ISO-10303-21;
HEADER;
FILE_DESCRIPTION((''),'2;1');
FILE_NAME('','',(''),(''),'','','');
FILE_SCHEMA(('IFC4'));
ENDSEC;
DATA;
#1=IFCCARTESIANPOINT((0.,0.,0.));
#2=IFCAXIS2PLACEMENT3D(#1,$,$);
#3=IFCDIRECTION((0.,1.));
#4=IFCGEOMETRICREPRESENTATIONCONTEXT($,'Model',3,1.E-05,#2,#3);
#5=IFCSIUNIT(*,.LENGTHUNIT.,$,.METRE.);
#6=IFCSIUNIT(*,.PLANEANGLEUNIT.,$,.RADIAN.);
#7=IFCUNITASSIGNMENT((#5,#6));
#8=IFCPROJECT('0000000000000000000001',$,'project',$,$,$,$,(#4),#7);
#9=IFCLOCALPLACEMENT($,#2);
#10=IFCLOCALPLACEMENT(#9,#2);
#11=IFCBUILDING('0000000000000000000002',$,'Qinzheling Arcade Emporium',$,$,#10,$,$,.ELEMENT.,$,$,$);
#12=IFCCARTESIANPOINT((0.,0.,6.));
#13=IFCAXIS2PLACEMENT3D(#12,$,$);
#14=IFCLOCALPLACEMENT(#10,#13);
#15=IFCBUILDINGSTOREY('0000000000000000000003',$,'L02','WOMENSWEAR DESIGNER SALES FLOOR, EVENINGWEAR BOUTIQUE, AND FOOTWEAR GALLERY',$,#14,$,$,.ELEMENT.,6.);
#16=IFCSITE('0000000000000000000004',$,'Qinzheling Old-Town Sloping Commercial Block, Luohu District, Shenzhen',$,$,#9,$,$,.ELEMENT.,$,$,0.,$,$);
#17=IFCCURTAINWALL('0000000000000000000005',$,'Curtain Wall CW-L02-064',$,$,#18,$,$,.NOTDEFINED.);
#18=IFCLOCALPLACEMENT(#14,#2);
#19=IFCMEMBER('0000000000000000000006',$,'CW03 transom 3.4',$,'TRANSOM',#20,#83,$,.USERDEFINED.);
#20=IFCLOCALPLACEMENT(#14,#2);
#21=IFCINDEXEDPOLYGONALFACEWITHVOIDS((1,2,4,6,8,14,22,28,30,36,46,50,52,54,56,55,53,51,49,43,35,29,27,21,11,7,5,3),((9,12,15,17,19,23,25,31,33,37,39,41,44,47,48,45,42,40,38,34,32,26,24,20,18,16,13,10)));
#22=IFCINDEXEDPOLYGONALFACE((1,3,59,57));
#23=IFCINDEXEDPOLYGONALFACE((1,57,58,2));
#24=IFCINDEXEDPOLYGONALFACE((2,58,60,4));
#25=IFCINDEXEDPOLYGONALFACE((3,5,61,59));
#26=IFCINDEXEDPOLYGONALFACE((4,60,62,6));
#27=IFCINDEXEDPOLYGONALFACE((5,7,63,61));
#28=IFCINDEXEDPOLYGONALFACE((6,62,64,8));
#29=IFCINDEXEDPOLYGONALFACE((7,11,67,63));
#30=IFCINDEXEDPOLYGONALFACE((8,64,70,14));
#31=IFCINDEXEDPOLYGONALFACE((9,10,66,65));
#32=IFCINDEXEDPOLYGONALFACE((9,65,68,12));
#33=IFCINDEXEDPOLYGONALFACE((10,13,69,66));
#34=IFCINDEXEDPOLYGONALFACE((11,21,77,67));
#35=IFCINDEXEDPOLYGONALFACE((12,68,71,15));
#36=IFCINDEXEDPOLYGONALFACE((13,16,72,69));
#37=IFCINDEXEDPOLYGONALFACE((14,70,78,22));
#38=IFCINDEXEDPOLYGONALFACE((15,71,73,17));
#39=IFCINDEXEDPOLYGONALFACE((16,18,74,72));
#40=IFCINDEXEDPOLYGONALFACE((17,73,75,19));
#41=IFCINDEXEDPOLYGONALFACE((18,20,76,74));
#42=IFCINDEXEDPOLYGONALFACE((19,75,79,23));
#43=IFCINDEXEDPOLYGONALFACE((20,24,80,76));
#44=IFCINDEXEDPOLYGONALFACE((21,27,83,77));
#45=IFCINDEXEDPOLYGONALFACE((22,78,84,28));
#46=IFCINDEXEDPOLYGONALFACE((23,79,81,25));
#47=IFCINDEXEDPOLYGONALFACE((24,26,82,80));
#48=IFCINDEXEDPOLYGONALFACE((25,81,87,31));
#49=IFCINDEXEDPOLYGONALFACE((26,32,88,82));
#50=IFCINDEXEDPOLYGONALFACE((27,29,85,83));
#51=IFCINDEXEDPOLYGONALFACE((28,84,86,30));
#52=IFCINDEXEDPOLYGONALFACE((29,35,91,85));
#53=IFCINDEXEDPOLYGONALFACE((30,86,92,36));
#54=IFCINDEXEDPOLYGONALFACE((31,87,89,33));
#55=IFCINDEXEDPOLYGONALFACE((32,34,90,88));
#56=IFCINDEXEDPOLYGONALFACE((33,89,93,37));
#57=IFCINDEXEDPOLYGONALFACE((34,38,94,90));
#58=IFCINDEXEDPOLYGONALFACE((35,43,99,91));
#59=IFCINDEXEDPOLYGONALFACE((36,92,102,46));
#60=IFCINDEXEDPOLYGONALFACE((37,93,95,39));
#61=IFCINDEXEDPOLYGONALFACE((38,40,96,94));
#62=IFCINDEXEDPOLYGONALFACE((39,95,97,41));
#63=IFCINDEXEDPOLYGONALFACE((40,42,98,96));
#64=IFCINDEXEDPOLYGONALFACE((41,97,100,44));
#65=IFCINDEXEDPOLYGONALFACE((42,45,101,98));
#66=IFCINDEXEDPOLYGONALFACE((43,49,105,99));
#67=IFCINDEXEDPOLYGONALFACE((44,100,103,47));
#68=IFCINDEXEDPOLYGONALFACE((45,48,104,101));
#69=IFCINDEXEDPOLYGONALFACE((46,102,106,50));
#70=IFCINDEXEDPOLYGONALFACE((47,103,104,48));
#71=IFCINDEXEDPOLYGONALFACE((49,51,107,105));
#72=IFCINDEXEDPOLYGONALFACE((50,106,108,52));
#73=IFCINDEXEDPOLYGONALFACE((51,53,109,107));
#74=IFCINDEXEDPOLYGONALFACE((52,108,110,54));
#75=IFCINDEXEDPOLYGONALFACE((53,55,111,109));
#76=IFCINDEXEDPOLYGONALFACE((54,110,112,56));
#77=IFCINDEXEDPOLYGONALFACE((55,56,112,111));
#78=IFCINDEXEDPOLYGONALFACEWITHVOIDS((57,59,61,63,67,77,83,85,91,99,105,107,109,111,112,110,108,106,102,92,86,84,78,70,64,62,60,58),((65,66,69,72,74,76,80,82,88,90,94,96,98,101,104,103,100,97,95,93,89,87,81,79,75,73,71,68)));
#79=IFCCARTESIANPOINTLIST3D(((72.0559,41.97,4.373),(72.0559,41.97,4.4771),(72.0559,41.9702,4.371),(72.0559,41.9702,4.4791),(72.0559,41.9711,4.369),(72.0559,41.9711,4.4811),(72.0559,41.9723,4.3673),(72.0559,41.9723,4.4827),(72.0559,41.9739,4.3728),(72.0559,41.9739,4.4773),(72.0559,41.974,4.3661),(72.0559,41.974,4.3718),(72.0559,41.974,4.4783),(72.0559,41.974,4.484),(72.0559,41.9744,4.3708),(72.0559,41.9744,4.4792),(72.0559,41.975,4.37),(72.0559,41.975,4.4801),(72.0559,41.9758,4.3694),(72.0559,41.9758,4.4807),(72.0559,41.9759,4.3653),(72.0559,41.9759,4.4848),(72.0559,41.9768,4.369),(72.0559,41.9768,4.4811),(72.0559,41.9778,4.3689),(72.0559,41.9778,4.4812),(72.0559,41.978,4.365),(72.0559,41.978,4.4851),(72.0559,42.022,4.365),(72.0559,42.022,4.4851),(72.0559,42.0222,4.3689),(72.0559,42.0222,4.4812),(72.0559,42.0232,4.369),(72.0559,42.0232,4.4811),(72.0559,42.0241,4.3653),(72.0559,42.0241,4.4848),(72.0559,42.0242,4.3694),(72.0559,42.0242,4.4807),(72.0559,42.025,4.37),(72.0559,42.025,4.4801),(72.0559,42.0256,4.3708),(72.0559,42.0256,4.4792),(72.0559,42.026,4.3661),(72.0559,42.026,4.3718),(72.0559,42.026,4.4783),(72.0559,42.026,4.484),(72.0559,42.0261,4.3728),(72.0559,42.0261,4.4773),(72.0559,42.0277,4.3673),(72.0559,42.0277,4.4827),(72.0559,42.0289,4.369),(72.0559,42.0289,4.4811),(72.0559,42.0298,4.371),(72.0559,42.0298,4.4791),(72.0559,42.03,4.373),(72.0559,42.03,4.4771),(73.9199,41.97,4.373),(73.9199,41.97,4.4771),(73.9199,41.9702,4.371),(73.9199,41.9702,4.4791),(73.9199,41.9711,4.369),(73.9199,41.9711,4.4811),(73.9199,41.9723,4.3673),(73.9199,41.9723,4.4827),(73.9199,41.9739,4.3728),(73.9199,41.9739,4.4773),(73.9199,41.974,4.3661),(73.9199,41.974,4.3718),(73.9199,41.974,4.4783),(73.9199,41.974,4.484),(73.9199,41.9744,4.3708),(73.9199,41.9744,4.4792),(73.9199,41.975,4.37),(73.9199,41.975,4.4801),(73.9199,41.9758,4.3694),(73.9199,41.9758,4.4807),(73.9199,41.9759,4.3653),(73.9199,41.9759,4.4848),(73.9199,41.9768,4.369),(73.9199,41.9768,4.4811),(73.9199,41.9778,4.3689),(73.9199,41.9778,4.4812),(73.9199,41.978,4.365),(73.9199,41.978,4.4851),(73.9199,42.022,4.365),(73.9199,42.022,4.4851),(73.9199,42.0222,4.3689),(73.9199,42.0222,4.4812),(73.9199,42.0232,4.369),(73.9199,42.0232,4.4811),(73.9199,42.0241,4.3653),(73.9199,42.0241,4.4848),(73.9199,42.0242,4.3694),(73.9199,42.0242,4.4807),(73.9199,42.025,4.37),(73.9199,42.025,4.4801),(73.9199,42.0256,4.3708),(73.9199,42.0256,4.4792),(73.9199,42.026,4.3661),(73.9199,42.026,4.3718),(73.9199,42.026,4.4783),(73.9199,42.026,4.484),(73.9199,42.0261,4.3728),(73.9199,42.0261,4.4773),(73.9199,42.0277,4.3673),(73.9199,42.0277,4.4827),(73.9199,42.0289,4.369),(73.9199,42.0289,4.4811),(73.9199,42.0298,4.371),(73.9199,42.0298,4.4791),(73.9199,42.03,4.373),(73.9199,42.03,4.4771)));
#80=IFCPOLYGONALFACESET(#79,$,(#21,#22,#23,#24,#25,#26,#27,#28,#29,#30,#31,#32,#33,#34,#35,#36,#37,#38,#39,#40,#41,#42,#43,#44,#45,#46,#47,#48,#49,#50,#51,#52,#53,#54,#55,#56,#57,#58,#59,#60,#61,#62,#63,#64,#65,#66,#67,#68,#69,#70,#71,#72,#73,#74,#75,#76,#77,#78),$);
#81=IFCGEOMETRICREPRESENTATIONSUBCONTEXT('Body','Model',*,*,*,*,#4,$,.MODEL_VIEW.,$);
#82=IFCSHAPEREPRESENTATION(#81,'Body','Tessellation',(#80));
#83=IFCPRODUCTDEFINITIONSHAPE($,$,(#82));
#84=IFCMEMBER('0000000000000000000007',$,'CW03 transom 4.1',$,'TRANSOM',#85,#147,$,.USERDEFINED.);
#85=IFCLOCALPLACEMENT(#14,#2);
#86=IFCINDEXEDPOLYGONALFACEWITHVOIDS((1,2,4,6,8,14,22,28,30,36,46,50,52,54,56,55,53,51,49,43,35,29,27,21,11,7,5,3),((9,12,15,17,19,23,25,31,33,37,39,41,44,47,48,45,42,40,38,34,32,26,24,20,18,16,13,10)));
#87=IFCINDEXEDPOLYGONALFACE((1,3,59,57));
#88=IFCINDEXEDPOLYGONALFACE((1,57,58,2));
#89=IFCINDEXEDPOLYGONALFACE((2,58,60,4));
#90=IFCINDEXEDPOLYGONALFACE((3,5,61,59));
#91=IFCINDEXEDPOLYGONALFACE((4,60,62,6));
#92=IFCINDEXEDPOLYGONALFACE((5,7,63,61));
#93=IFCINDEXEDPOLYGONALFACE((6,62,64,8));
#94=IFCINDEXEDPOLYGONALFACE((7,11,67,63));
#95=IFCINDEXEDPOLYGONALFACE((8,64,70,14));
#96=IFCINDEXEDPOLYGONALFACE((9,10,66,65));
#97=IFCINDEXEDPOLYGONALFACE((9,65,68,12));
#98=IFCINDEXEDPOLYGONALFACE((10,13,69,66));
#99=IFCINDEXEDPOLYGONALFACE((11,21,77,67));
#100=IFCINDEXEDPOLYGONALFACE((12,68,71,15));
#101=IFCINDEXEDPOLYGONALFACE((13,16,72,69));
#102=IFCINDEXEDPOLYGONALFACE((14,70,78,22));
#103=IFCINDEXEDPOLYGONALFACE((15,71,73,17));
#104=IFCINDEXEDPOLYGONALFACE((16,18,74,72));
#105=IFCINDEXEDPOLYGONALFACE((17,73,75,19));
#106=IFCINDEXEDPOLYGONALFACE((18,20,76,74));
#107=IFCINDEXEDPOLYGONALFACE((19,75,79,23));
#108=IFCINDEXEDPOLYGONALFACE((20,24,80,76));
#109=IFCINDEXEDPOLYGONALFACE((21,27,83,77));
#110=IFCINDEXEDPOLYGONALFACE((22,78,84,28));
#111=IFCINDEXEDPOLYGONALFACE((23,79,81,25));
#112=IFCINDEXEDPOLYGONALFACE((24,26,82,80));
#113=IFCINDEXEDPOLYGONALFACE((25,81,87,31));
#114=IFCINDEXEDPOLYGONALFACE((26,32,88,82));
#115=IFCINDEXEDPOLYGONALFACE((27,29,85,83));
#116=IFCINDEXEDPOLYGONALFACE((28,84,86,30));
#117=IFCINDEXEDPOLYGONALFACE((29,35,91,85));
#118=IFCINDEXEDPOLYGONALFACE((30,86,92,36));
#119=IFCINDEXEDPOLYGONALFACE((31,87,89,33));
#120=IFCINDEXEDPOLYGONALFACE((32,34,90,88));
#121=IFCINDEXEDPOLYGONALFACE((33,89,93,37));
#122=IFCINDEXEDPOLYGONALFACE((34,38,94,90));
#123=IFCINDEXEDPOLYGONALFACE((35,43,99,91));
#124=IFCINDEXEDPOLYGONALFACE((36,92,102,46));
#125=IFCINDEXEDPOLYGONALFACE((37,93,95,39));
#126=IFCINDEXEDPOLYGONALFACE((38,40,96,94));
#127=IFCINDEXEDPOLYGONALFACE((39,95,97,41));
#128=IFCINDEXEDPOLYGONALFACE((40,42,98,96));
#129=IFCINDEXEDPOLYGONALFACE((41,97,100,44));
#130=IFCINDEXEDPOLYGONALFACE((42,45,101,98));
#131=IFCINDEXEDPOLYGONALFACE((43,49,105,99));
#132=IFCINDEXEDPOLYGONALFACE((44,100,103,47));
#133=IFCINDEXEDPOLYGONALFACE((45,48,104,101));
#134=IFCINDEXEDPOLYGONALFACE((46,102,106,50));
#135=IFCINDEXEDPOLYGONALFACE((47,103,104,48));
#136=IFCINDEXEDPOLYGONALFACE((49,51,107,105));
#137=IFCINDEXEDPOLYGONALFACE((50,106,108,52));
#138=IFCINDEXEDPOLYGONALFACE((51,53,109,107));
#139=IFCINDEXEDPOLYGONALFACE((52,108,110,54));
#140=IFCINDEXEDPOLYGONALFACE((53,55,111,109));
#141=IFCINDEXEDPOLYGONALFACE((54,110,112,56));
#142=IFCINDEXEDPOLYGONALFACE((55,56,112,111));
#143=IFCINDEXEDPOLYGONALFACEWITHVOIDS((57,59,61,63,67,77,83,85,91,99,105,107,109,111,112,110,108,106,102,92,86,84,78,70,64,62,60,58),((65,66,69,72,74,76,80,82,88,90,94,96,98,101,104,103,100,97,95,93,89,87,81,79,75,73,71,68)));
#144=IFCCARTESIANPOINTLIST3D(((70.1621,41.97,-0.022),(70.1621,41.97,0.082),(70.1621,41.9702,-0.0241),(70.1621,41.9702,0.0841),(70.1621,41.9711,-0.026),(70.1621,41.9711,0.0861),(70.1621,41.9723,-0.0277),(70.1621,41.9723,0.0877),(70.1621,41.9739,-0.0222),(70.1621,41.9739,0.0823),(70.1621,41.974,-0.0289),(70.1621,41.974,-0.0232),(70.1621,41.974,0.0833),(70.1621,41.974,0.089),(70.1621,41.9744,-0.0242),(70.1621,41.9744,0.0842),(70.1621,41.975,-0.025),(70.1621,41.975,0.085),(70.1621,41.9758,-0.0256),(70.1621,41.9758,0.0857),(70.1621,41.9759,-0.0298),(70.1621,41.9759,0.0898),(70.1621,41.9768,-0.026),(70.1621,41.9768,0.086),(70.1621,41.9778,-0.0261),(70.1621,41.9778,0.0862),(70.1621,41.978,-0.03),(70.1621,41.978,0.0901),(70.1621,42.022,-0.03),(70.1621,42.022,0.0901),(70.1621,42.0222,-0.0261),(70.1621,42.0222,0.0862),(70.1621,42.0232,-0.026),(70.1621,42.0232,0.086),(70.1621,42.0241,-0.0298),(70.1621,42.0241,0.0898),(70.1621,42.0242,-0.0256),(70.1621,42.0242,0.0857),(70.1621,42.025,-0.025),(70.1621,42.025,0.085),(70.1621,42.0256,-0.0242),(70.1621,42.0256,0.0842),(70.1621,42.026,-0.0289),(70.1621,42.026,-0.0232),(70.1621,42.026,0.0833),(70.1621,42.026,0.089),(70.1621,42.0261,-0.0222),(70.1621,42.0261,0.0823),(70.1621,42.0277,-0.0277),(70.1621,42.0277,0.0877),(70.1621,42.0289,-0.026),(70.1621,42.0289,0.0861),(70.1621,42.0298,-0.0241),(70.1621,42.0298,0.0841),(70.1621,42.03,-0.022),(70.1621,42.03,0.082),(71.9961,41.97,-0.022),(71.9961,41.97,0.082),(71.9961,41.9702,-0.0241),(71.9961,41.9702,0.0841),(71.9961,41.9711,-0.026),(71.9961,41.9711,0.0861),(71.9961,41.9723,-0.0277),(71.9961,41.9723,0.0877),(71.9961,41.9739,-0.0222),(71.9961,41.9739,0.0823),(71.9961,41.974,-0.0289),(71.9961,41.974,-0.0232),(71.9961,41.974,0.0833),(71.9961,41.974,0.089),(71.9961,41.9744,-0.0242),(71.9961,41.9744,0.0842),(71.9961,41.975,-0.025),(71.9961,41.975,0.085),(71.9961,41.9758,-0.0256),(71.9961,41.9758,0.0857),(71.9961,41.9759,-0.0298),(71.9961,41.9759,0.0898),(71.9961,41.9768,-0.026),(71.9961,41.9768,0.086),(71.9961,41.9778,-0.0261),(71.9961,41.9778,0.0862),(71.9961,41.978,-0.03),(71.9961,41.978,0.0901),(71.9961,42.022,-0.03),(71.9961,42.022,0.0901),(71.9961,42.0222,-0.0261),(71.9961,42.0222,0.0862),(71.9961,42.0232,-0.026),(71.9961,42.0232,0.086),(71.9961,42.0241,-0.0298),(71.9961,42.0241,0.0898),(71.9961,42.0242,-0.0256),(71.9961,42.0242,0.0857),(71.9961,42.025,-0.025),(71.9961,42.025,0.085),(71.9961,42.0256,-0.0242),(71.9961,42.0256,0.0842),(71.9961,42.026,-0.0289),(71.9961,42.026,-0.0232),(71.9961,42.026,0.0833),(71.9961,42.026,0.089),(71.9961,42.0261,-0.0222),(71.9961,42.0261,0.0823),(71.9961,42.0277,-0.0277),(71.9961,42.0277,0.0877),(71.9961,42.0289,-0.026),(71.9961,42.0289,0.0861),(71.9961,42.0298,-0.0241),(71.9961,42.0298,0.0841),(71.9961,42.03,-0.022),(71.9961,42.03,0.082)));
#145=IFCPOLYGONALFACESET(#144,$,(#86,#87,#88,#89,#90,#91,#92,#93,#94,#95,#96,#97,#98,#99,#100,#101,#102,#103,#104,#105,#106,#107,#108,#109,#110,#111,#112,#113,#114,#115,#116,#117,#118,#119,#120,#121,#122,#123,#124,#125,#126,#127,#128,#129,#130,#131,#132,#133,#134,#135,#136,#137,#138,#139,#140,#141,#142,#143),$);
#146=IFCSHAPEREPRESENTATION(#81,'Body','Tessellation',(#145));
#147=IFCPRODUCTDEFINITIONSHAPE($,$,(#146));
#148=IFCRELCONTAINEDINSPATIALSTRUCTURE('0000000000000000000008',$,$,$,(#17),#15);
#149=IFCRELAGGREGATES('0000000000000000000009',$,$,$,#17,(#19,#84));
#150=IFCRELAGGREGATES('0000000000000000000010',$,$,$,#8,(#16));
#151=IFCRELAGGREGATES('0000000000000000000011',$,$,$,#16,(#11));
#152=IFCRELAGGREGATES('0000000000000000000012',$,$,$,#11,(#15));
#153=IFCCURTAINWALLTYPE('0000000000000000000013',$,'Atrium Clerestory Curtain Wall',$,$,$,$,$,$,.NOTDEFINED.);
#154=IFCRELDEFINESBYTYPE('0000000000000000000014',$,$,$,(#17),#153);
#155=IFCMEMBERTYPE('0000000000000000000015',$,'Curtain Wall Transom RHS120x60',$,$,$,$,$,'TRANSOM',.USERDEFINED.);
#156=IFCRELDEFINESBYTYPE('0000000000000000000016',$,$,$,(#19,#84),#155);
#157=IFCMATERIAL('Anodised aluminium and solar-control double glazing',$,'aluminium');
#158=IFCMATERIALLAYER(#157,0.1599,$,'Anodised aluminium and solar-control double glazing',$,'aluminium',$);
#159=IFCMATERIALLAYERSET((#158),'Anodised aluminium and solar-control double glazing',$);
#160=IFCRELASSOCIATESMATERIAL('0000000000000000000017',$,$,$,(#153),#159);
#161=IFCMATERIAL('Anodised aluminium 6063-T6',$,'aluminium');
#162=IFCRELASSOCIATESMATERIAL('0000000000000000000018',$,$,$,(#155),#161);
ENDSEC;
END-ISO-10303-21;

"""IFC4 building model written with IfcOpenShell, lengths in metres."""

from ifc_helpers import new_model, si_unit, direction, frame, origin, origin_2d, place, context, subcontext, project, spatial, hollow_rectangle, extrude, material, layer, layer_set, material_profile, profile_set, type_object, element, aggregate, save


model = new_model("IFC4")

# Units and contexts
model_context = context("Model", 3, precision=1e-05, world=origin(), true_north=direction((0.0, 1.0)))
body_context = subcontext(model_context, "Body", "Model", "MODEL_VIEW")
ifc_project = project(units=[si_unit("LENGTHUNIT", "METRE"), si_unit("PLANEANGLEUNIT", "RADIAN")], contexts=[model_context])

# Site, building, storey
site_placement = place(None, origin())
site = spatial("IfcSite", under=ifc_project, at=site_placement, Name="Qinzheling Old-Town Sloping Commercial Block, Luohu District, Shenzhen", CompositionType="ELEMENT", RefElevation=0.0)
building_placement = place(site_placement, origin())
building = spatial("IfcBuilding", under=site, at=building_placement, Name="Qinzheling Arcade Emporium", CompositionType="ELEMENT")
storey_placement = place(building_placement, frame((0.0, 0.0, 6.0)))
storey = spatial("IfcBuildingStorey", under=building, at=storey_placement, Name="L02", Description="WOMENSWEAR DESIGNER SALES FLOOR, EVENINGWEAR BOUTIQUE, AND FOOTWEAR GALLERY", CompositionType="ELEMENT", Elevation=6.0)

# Curtain wall, members
ifc_material_1 = material(Name="Anodised aluminium and solar-control double glazing", Category="aluminium")
ifc_layer_1 = layer(ifc_material_1, 0.1599, Name="Anodised aluminium and solar-control double glazing", Category="aluminium")
ifc_layer_set_1 = layer_set([ifc_layer_1], Name="Anodised aluminium and solar-control double glazing")
curtain_wall_type = type_object("IfcCurtainWallType", Name="Atrium Clerestory Curtain Wall", PredefinedType="NOTDEFINED", material=ifc_layer_set_1)
curtain_wall_placement = place(storey_placement, origin())
curtain_wall = element("IfcCurtainWall", 1, at=curtain_wall_placement, inside=storey, type_object=curtain_wall_type, Name="Curtain Wall CW-L02-064", PredefinedType="NOTDEFINED")
ifc_material_2 = material(Name="Anodised aluminium 6063-T6", Category="aluminium")
ifc_material_profile_1 = material_profile(ifc_material_2, hollow_rectangle(XDim=0.0601, YDim=0.1201, WallThickness=0.0039, InnerFilletRadius=0.0039, OuterFilletRadius=0.0081, at=origin_2d()), Name="RHS 120x60x4", Category="aluminium")
ifc_profile_set_1 = profile_set([ifc_material_profile_1], Name="Anodised aluminium 6063-T6")
member_type_1 = type_object("IfcMemberType", Name="Curtain Wall Transom RHS120x60", ElementType="TRANSOM", PredefinedType="USERDEFINED", material=ifc_profile_set_1)
member_1_placement = place(storey_placement, frame((73.9199, 42.0, 4.425), z_axis=(-1.0, 0.0, 0.0), x_axis=(0.0, -1.0, 0.0)))
member_1 = element("IfcMember", 2, at=member_1_placement, type_object=member_type_1, Name="CW03 transom 3.4", ObjectType="TRANSOM", PredefinedType="USERDEFINED", context=body_context, shape_type="SweptSolid", body=[
    extrude(hollow_rectangle(XDim=0.0601, YDim=0.1201, WallThickness=0.0039, InnerFilletRadius=0.0039, OuterFilletRadius=0.0081, at=origin_2d()), origin(), (0.0, 0.0, 1.0), 1.864),
])
member_2_placement = place(storey_placement, frame((71.9961, 42.0, 0.03), z_axis=(-1.0, 0.0, 0.0), x_axis=(0.0, -1.0, 0.0)))
member_2 = element("IfcMember", 3, at=member_2_placement, type_object=member_type_1, Name="CW03 transom 4.1", ObjectType="TRANSOM", PredefinedType="USERDEFINED", context=body_context, shape_type="SweptSolid", body=[
    extrude(hollow_rectangle(XDim=0.0601, YDim=0.1201, WallThickness=0.0039, InnerFilletRadius=0.0039, OuterFilletRadius=0.0081, at=origin_2d()), origin(), (0.0, 0.0, 1.0), 1.834),
])
aggregate(curtain_wall, [member_1, member_2])

save(model, "model.ifc")
